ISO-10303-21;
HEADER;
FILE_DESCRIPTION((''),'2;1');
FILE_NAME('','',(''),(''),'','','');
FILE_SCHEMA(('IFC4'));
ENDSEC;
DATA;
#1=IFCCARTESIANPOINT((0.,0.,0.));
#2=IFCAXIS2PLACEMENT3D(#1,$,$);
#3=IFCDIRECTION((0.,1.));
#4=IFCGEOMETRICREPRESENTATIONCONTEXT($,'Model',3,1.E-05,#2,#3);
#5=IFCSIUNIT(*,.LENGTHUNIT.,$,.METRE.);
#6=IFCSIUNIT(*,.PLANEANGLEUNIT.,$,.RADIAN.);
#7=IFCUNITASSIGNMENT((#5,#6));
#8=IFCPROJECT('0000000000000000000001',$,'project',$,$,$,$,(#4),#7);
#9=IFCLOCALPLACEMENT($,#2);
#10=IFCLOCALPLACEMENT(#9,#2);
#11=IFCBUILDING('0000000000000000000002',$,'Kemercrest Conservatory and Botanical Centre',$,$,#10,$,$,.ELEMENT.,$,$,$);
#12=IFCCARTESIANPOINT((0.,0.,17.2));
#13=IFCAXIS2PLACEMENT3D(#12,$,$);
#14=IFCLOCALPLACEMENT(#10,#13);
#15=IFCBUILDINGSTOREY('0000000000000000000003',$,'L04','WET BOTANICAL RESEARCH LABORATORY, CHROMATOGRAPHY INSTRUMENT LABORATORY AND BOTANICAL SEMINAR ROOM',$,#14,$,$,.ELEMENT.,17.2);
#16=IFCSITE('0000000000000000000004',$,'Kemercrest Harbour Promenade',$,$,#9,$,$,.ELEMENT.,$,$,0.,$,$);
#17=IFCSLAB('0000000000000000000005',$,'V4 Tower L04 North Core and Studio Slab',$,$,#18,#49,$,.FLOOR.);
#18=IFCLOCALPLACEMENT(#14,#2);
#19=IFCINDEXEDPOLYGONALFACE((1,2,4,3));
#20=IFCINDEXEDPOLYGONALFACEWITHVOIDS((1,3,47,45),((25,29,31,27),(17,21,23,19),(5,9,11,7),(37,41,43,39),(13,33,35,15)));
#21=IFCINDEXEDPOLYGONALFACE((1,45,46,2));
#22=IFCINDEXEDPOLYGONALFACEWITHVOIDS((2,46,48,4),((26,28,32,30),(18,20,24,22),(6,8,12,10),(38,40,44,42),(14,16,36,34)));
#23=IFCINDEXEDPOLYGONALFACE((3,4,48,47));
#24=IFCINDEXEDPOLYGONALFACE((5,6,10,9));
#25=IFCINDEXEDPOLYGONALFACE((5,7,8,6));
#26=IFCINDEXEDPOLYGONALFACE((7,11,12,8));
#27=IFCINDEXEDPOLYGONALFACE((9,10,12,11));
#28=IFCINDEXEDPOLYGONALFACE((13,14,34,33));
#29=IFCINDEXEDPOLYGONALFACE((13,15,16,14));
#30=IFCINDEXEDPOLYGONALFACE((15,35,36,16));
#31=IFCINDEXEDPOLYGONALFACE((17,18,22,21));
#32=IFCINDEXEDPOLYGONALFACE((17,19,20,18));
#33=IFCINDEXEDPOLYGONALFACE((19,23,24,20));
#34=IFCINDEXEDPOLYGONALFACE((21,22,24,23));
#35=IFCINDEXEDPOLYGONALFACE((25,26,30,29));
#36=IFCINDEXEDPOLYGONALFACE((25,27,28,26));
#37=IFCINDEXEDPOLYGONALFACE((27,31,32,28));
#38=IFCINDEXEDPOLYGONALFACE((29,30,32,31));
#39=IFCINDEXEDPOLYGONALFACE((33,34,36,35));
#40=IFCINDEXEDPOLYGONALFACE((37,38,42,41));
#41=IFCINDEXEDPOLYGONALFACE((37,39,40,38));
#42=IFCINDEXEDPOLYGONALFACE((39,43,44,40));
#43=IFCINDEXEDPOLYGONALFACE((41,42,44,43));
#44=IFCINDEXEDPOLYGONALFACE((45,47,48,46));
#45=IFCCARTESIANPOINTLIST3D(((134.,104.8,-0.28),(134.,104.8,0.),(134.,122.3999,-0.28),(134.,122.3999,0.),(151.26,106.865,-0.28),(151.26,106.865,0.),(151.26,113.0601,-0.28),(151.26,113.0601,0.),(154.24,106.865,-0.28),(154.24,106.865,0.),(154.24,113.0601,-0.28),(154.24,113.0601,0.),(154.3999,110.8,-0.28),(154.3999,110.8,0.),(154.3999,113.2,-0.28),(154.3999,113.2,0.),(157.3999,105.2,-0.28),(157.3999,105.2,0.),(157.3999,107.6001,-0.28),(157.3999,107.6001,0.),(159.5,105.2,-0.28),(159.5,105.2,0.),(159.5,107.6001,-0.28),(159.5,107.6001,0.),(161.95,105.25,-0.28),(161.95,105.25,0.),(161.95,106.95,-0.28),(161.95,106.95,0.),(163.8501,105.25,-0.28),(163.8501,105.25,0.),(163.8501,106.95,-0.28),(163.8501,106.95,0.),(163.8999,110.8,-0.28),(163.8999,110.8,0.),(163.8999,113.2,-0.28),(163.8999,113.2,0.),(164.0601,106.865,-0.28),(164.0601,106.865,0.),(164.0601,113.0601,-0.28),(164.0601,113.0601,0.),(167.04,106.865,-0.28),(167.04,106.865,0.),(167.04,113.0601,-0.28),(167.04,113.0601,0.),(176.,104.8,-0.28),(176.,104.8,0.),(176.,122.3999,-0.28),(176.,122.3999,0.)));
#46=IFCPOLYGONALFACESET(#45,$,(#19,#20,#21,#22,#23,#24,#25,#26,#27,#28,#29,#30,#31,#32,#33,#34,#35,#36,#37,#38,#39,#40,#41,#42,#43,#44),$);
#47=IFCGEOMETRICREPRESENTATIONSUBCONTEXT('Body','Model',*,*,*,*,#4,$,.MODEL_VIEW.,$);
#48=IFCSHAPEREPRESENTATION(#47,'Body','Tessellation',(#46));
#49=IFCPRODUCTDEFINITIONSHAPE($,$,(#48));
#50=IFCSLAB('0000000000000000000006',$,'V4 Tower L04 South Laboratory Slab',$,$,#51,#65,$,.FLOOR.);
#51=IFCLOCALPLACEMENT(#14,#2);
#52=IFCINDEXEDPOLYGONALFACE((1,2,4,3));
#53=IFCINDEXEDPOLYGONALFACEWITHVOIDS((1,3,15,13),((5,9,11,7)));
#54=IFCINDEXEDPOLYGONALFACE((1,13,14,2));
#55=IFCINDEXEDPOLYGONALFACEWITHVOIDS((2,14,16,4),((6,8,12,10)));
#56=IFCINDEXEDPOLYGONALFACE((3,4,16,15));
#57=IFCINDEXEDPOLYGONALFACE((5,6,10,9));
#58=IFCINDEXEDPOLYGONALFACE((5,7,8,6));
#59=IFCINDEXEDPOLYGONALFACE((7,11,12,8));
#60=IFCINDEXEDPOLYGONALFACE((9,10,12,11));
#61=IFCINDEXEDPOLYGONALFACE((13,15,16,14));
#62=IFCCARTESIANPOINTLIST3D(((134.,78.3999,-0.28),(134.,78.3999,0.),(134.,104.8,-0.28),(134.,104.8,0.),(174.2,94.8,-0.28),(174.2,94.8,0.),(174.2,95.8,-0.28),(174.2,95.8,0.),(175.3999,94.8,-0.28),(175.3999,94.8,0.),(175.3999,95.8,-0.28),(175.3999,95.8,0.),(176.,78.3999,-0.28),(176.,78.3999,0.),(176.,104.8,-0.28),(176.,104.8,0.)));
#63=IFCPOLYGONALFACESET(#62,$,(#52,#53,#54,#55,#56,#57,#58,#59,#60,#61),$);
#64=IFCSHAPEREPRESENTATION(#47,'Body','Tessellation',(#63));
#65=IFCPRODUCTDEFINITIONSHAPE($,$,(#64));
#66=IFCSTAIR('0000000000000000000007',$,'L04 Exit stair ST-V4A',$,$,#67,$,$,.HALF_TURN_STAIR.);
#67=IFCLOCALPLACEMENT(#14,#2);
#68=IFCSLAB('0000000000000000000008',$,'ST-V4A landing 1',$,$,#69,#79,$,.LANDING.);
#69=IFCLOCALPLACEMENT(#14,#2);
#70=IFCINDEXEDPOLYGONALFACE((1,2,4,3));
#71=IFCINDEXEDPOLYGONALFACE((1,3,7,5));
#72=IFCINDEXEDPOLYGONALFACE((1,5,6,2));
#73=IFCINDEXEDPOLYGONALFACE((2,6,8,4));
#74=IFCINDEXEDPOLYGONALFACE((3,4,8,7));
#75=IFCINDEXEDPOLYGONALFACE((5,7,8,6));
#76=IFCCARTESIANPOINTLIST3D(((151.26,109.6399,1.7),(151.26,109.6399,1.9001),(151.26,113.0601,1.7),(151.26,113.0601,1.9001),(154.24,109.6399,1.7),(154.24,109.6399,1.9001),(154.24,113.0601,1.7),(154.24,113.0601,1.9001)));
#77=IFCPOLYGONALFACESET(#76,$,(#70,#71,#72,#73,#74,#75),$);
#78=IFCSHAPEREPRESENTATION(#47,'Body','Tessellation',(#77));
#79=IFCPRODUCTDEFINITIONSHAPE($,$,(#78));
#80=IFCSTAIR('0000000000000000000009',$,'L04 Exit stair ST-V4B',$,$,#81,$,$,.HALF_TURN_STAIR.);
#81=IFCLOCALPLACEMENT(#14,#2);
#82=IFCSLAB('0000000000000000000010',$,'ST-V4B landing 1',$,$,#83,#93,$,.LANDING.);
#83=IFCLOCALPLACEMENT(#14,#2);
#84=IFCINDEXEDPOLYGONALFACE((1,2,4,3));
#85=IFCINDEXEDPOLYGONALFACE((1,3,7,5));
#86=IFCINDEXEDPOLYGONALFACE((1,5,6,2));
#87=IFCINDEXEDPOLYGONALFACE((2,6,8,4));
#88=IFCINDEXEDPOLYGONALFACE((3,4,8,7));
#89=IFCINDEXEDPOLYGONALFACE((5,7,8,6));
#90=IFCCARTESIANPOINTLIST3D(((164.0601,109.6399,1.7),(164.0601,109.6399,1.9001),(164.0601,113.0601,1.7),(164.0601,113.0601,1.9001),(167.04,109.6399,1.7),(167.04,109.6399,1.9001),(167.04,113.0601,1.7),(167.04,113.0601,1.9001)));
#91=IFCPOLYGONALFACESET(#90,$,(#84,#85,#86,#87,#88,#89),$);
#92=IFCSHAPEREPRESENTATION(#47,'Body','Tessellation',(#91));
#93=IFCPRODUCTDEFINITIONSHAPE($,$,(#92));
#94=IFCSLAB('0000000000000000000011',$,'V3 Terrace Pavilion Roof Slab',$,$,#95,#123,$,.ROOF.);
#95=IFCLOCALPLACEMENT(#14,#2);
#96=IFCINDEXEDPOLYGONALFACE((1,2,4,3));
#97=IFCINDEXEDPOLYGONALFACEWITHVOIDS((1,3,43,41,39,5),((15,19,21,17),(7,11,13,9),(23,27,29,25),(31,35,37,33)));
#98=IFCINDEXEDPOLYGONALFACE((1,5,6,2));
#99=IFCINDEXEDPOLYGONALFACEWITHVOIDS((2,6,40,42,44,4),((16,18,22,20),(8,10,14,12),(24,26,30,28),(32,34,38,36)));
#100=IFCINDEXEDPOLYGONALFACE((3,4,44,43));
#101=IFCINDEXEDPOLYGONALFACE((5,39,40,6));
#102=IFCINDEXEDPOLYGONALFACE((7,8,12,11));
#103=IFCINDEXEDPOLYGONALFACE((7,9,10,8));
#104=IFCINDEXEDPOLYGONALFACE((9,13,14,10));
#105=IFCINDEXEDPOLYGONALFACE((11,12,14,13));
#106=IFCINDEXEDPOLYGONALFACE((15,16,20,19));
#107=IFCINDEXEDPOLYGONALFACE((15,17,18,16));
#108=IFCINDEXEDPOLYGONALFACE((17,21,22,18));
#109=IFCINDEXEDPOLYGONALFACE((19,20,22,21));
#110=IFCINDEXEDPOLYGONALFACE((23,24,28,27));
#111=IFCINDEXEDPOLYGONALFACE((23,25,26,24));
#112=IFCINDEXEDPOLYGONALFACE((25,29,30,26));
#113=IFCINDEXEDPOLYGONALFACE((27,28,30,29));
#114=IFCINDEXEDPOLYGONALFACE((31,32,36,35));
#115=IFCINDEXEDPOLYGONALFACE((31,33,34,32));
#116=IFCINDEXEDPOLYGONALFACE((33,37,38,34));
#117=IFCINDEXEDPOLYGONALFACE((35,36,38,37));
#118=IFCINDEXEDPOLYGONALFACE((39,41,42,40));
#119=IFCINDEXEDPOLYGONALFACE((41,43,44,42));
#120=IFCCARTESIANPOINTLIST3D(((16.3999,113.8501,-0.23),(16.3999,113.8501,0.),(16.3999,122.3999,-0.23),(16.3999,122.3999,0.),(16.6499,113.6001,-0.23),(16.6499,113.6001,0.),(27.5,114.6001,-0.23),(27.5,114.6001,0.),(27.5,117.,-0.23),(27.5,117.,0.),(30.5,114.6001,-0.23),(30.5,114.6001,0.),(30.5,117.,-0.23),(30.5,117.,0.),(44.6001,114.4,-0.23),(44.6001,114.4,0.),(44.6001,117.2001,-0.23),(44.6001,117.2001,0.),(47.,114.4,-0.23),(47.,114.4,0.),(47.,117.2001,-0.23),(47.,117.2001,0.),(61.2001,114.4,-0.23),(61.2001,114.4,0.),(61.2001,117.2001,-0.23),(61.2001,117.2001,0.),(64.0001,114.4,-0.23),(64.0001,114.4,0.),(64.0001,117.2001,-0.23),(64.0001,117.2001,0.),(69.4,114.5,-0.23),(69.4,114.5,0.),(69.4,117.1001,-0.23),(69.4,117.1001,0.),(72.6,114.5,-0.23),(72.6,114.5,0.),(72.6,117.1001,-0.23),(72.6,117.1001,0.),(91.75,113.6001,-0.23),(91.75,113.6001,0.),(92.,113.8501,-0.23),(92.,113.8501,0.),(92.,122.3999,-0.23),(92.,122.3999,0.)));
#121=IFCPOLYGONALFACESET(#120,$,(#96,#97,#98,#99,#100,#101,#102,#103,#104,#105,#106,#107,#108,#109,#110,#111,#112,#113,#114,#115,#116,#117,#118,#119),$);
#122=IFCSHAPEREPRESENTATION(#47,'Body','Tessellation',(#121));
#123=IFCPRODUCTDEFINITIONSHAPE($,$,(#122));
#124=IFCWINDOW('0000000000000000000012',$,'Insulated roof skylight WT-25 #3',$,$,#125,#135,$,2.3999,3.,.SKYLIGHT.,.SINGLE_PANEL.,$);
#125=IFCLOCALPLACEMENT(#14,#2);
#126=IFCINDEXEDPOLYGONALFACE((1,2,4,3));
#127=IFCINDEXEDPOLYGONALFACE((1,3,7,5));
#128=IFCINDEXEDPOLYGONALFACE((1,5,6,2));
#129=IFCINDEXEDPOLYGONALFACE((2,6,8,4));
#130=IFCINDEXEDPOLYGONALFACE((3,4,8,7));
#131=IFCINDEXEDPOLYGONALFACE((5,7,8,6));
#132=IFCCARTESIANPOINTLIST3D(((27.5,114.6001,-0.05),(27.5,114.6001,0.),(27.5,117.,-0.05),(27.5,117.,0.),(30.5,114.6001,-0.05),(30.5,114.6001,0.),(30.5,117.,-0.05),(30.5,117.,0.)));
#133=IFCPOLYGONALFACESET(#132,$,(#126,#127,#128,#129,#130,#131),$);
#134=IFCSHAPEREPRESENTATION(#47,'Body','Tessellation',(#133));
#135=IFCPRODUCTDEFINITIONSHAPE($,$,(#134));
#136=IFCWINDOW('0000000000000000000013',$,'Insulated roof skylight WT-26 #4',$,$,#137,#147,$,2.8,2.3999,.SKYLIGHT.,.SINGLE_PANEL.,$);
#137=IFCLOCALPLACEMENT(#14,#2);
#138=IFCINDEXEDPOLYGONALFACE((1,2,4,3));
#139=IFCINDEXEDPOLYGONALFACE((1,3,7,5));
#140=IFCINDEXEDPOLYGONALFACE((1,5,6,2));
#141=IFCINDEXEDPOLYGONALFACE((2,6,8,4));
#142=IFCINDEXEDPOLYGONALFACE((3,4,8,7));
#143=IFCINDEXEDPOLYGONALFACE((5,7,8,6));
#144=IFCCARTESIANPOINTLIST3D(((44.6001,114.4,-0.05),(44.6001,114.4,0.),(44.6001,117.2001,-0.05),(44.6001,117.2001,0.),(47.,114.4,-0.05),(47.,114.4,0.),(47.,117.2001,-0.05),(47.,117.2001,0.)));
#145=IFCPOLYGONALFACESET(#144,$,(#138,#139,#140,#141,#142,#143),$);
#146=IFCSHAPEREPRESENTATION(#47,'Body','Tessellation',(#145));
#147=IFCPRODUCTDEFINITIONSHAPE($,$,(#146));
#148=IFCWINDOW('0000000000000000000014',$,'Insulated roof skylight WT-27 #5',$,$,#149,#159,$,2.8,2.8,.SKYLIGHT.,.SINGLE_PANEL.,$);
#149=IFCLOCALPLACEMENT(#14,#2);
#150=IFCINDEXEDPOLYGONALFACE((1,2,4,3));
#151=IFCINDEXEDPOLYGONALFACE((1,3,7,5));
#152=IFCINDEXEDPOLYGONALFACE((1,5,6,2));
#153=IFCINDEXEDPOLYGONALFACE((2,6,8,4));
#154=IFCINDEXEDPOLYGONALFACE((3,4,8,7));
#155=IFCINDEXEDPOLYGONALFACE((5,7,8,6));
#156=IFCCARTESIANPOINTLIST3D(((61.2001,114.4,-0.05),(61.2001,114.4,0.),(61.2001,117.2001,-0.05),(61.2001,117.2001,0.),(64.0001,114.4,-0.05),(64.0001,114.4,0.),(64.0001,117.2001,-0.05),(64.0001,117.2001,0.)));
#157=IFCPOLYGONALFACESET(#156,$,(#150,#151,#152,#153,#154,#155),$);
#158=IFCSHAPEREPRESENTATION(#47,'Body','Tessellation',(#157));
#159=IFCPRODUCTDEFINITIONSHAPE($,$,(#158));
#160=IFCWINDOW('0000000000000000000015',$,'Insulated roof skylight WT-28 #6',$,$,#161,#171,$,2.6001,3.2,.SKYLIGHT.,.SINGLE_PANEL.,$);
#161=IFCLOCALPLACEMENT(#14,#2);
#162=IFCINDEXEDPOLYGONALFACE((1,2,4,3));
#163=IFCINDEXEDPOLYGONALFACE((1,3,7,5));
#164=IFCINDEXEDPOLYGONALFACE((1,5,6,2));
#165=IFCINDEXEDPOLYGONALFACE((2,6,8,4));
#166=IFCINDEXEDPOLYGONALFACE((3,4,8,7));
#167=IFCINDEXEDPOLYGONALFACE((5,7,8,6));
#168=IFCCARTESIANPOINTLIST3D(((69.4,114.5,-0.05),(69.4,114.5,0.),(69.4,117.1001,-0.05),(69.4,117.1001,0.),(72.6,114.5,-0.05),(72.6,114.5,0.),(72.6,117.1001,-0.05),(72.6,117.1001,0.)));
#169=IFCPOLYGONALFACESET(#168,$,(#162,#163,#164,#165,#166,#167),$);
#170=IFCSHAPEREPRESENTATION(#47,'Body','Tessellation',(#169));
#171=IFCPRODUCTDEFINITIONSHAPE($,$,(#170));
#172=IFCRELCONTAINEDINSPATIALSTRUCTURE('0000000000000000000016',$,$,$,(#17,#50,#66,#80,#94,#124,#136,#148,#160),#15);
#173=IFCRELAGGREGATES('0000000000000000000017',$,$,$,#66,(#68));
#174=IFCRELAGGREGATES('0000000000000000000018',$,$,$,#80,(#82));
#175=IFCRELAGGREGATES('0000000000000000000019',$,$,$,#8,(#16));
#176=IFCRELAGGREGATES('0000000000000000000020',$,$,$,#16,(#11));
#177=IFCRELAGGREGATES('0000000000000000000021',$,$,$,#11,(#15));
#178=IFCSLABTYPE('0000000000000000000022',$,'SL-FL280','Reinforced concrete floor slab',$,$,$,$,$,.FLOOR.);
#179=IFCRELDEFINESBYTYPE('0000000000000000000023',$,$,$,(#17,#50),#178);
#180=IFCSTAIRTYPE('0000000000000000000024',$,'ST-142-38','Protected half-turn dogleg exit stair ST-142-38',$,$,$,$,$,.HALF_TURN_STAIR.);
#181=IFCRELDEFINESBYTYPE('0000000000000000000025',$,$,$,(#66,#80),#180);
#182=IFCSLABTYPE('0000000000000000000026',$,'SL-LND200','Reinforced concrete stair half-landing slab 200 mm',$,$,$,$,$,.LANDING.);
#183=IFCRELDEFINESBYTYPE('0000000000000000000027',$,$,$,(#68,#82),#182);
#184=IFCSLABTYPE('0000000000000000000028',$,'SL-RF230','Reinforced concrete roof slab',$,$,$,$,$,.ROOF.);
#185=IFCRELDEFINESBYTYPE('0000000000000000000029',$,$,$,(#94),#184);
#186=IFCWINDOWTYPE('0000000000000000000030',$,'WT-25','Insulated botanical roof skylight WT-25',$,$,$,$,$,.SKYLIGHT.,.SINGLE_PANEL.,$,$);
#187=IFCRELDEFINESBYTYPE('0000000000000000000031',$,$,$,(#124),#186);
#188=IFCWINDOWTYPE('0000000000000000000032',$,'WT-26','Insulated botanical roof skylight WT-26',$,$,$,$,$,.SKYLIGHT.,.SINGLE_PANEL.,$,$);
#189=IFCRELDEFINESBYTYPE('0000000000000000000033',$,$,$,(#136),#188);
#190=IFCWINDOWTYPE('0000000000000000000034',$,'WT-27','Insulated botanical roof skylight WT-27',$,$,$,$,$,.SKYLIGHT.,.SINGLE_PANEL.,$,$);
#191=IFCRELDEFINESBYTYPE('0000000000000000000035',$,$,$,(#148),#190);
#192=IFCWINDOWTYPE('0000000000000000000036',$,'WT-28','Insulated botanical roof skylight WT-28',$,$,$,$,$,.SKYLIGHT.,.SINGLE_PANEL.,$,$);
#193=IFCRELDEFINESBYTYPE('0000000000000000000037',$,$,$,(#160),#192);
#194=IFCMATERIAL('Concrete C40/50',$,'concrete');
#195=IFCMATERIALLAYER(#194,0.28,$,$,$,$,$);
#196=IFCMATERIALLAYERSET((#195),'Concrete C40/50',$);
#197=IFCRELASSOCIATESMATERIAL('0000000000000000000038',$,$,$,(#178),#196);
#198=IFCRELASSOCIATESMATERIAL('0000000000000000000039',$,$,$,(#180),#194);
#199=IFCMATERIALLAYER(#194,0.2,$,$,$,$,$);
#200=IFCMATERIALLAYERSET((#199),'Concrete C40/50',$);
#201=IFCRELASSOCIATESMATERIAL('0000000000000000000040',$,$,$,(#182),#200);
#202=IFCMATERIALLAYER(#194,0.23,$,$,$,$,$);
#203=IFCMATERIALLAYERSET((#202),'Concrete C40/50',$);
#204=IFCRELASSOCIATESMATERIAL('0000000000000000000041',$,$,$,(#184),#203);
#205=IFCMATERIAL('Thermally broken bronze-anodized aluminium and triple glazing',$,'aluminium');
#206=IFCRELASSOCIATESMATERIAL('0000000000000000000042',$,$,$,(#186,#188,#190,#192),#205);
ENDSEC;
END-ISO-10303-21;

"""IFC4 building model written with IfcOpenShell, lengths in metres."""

from ifc_helpers import new_model, si_unit, direction, frame, origin, origin_2d, place, context, subcontext, project, spatial, polyline, rectangle, outline, extrude, material, layer, layer_set, type_object, element, fill, aggregate, save


model = new_model("IFC4")

# Units and contexts
model_context = context("Model", 3, precision=1e-05, world=origin(), true_north=direction((0.0, 1.0)))
body_context = subcontext(model_context, "Body", "Model", "MODEL_VIEW")
ifc_project = project(units=[si_unit("LENGTHUNIT", "METRE"), si_unit("PLANEANGLEUNIT", "RADIAN")], contexts=[model_context])

# Site, building, storey
site_placement = place(None, origin())
site = spatial("IfcSite", under=ifc_project, at=site_placement, Name="Kemercrest Harbour Promenade", CompositionType="ELEMENT", RefElevation=0.0)
building_placement = place(site_placement, origin())
building = spatial("IfcBuilding", under=site, at=building_placement, Name="Kemercrest Conservatory and Botanical Centre", CompositionType="ELEMENT")
storey_placement = place(building_placement, frame((0.0, 0.0, 17.2)))
storey = spatial("IfcBuildingStorey", under=building, at=storey_placement, Name="L04", Description="WET BOTANICAL RESEARCH LABORATORY, CHROMATOGRAPHY INSTRUMENT LABORATORY AND BOTANICAL SEMINAR ROOM", CompositionType="ELEMENT", Elevation=17.2)

# Slabs
ifc_material_1 = material(Name="Concrete C40/50", Category="concrete")
ifc_layer_1 = layer(ifc_material_1, 0.28)
ifc_layer_set_1 = layer_set([ifc_layer_1], Name="Concrete C40/50")
slab_type_1 = type_object("IfcSlabType", Name="SL-FL280", Description="Reinforced concrete floor slab", PredefinedType="FLOOR", material=ifc_layer_set_1)
slab_1_placement = place(storey_placement, frame((0.0, 0.0, -0.28)))
element("IfcSlab", 1, at=slab_1_placement, inside=storey, type_object=slab_type_1, Name="V4 Tower L04 North Core and Studio Slab", PredefinedType="FLOOR", context=body_context, shape_type="SweptSolid", body=[
    extrude(outline(polyline([(134.0, 122.3999), (134.0, 104.8), (176.0, 104.8), (176.0, 122.3999), (134.0, 122.3999)]), holes=[polyline([(164.0601, 106.865), (164.0601, 113.0601), (167.04, 113.0601), (167.04, 106.865), (164.0601, 106.865)]), polyline([(154.3999, 110.8), (154.3999, 113.2), (163.8999, 113.2), (163.8999, 110.8), (154.3999, 110.8)]), polyline([(161.95, 105.25), (161.95, 106.95), (163.8501, 106.95), (163.8501, 105.25), (161.95, 105.25)]), polyline([(157.3999, 105.2), (157.3999, 107.6001), (159.5, 107.6001), (159.5, 105.2), (157.3999, 105.2)]), polyline([(154.24, 106.865), (151.26, 106.865), (151.26, 113.0601), (154.24, 113.0601), (154.24, 106.865)])]), origin(), (0.0, 0.0, 1.0), 0.28),
])
slab_2_placement = place(storey_placement, frame((0.0, 0.0, -0.28)))
element("IfcSlab", 2, at=slab_2_placement, inside=storey, type_object=slab_type_1, Name="V4 Tower L04 South Laboratory Slab", PredefinedType="FLOOR", context=body_context, shape_type="SweptSolid", body=[
    extrude(outline(polyline([(134.0, 104.8), (134.0, 78.3999), (176.0, 78.3999), (176.0, 104.8), (134.0, 104.8)]), holes=[polyline([(175.3999, 94.8), (174.2, 94.8), (174.2, 95.8), (175.3999, 95.8), (175.3999, 94.8)])]), origin(), (0.0, 0.0, 1.0), 0.28),
])

# Stairs, slabs
stair_type = type_object("IfcStairType", Name="ST-142-38", Description="Protected half-turn dogleg exit stair ST-142-38", PredefinedType="HALF_TURN_STAIR", material=ifc_material_1)
stair_1_placement = place(storey_placement, origin())
stair_1 = element("IfcStair", 3, at=stair_1_placement, inside=storey, type_object=stair_type, Name="L04 Exit stair ST-V4A", PredefinedType="HALF_TURN_STAIR")
ifc_layer_2 = layer(ifc_material_1, 0.2)
ifc_layer_set_2 = layer_set([ifc_layer_2], Name="Concrete C40/50")
slab_type_2 = type_object("IfcSlabType", Name="SL-LND200", Description="Reinforced concrete stair half-landing slab 200 mm", PredefinedType="LANDING", material=ifc_layer_set_2)
slab_3_placement = place(storey_placement, frame((0.0, 0.0, 1.7)))
slab_3 = element("IfcSlab", 4, at=slab_3_placement, type_object=slab_type_2, Name="ST-V4A landing 1", PredefinedType="LANDING", context=body_context, shape_type="SweptSolid", body=[
    extrude(outline(polyline([(154.24, 109.6399), (154.24, 113.0601), (151.26, 113.0601), (151.26, 109.6399), (154.24, 109.6399)])), origin(), (0.0, 0.0, 1.0), 0.2002),
])
aggregate(stair_1, [slab_3])
stair_2_placement = place(storey_placement, origin())
stair_2 = element("IfcStair", 5, at=stair_2_placement, inside=storey, type_object=stair_type, Name="L04 Exit stair ST-V4B", PredefinedType="HALF_TURN_STAIR")
slab_4_placement = place(storey_placement, frame((0.0, 0.0, 1.7)))
slab_4 = element("IfcSlab", 6, at=slab_4_placement, type_object=slab_type_2, Name="ST-V4B landing 1", PredefinedType="LANDING", context=body_context, shape_type="SweptSolid", body=[
    extrude(outline(polyline([(167.04, 109.6399), (167.04, 113.0601), (164.0601, 113.0601), (164.0601, 109.6399), (167.04, 109.6399)])), origin(), (0.0, 0.0, 1.0), 0.2002),
])
aggregate(stair_2, [slab_4])

# Slab, openings, windows
ifc_layer_3 = layer(ifc_material_1, 0.23)
ifc_layer_set_3 = layer_set([ifc_layer_3], Name="Concrete C40/50")
slab_type_3 = type_object("IfcSlabType", Name="SL-RF230", Description="Reinforced concrete roof slab", PredefinedType="ROOF", material=ifc_layer_set_3)
slab_5_placement = place(storey_placement, frame((0.0, 0.0, -0.23)))
slab_5 = element("IfcSlab", 7, at=slab_5_placement, inside=storey, type_object=slab_type_3, Name="V3 Terrace Pavilion Roof Slab", PredefinedType="ROOF", context=body_context, shape_type="SweptSolid", body=[
    extrude(outline(polyline([(16.6499, 113.6001), (91.75, 113.6001), (92.0, 113.8501), (92.0, 122.3999), (16.3999, 122.3999), (16.3999, 113.8501), (16.6499, 113.6001)])), origin(), (0.0, 0.0, 1.0), 0.23),
])
opening_1_placement = place(slab_5_placement, frame((29.0, 115.8, 0.0)))
opening_1 = element("IfcOpeningElement", 8, at=opening_1_placement, cuts=slab_5, PredefinedType="OPENING", context=body_context, shape_type="SweptSolid", body=[
    extrude(rectangle(XDim=3.0, YDim=2.3999, at=origin_2d()), origin(), (0.0, 0.0, 1.0), 0.23),
])
opening_2_placement = place(slab_5_placement, frame((45.8, 115.8, 0.0)))
opening_2 = element("IfcOpeningElement", 9, at=opening_2_placement, cuts=slab_5, PredefinedType="OPENING", context=body_context, shape_type="SweptSolid", body=[
    extrude(rectangle(XDim=2.3999, YDim=2.8, at=origin_2d()), origin(), (0.0, 0.0, 1.0), 0.23),
])
opening_3_placement = place(slab_5_placement, frame((62.6001, 115.8, 0.0)))
opening_3 = element("IfcOpeningElement", 10, at=opening_3_placement, cuts=slab_5, PredefinedType="OPENING", context=body_context, shape_type="SweptSolid", body=[
    extrude(rectangle(XDim=2.8, YDim=2.8, at=origin_2d()), origin(), (0.0, 0.0, 1.0), 0.23),
])
opening_4_placement = place(slab_5_placement, frame((71.0, 115.8, 0.0)))
opening_4 = element("IfcOpeningElement", 11, at=opening_4_placement, cuts=slab_5, PredefinedType="OPENING", context=body_context, shape_type="SweptSolid", body=[
    extrude(rectangle(XDim=3.2, YDim=2.6001, at=origin_2d()), origin(), (0.0, 0.0, 1.0), 0.23),
])
ifc_material_2 = material(Name="Thermally broken bronze-anodized aluminium and triple glazing", Category="aluminium")
window_type_1 = type_object("IfcWindowType", Name="WT-25", Description="Insulated botanical roof skylight WT-25", PartitioningType="SINGLE_PANEL", PredefinedType="SKYLIGHT", material=ifc_material_2)
window_1_placement = place(opening_1_placement, frame((0.0, 0.0, 0.1799)))
window_1 = element("IfcWindow", 12, at=window_1_placement, inside=storey, type_object=window_type_1, Name="Insulated roof skylight WT-25 #3", OverallHeight=2.3999, OverallWidth=3.0, PartitioningType="SINGLE_PANEL", PredefinedType="SKYLIGHT", context=body_context, shape_type="SweptSolid", body=[
    extrude(rectangle(XDim=3.0, YDim=2.3999, at=origin_2d()), origin(), (0.0, 0.0, 1.0), 0.05),
])
fill(opening_1, window_1)
window_type_2 = type_object("IfcWindowType", Name="WT-26", Description="Insulated botanical roof skylight WT-26", PartitioningType="SINGLE_PANEL", PredefinedType="SKYLIGHT", material=ifc_material_2)
window_2_placement = place(opening_2_placement, frame((0.0, 0.0, 0.1799)))
window_2 = element("IfcWindow", 13, at=window_2_placement, inside=storey, type_object=window_type_2, Name="Insulated roof skylight WT-26 #4", OverallHeight=2.8, OverallWidth=2.3999, PartitioningType="SINGLE_PANEL", PredefinedType="SKYLIGHT", context=body_context, shape_type="SweptSolid", body=[
    extrude(rectangle(XDim=2.3999, YDim=2.8, at=origin_2d()), origin(), (0.0, 0.0, 1.0), 0.05),
])
fill(opening_2, window_2)
window_type_3 = type_object("IfcWindowType", Name="WT-27", Description="Insulated botanical roof skylight WT-27", PartitioningType="SINGLE_PANEL", PredefinedType="SKYLIGHT", material=ifc_material_2)
window_3_placement = place(opening_3_placement, frame((0.0, 0.0, 0.1799)))
window_3 = element("IfcWindow", 14, at=window_3_placement, inside=storey, type_object=window_type_3, Name="Insulated roof skylight WT-27 #5", OverallHeight=2.8, OverallWidth=2.8, PartitioningType="SINGLE_PANEL", PredefinedType="SKYLIGHT", context=body_context, shape_type="SweptSolid", body=[
    extrude(rectangle(XDim=2.8, YDim=2.8, at=origin_2d()), origin(), (0.0, 0.0, 1.0), 0.05),
])
fill(opening_3, window_3)
window_type_4 = type_object("IfcWindowType", Name="WT-28", Description="Insulated botanical roof skylight WT-28", PartitioningType="SINGLE_PANEL", PredefinedType="SKYLIGHT", material=ifc_material_2)
window_4_placement = place(opening_4_placement, frame((0.0, 0.0, 0.1799)))
window_4 = element("IfcWindow", 15, at=window_4_placement, inside=storey, type_object=window_type_4, Name="Insulated roof skylight WT-28 #6", OverallHeight=2.6001, OverallWidth=3.2, PartitioningType="SINGLE_PANEL", PredefinedType="SKYLIGHT", context=body_context, shape_type="SweptSolid", body=[
    extrude(rectangle(XDim=3.2, YDim=2.6001, at=origin_2d()), origin(), (0.0, 0.0, 1.0), 0.05),
])
fill(opening_4, window_4)

save(model, "model.ifc")
